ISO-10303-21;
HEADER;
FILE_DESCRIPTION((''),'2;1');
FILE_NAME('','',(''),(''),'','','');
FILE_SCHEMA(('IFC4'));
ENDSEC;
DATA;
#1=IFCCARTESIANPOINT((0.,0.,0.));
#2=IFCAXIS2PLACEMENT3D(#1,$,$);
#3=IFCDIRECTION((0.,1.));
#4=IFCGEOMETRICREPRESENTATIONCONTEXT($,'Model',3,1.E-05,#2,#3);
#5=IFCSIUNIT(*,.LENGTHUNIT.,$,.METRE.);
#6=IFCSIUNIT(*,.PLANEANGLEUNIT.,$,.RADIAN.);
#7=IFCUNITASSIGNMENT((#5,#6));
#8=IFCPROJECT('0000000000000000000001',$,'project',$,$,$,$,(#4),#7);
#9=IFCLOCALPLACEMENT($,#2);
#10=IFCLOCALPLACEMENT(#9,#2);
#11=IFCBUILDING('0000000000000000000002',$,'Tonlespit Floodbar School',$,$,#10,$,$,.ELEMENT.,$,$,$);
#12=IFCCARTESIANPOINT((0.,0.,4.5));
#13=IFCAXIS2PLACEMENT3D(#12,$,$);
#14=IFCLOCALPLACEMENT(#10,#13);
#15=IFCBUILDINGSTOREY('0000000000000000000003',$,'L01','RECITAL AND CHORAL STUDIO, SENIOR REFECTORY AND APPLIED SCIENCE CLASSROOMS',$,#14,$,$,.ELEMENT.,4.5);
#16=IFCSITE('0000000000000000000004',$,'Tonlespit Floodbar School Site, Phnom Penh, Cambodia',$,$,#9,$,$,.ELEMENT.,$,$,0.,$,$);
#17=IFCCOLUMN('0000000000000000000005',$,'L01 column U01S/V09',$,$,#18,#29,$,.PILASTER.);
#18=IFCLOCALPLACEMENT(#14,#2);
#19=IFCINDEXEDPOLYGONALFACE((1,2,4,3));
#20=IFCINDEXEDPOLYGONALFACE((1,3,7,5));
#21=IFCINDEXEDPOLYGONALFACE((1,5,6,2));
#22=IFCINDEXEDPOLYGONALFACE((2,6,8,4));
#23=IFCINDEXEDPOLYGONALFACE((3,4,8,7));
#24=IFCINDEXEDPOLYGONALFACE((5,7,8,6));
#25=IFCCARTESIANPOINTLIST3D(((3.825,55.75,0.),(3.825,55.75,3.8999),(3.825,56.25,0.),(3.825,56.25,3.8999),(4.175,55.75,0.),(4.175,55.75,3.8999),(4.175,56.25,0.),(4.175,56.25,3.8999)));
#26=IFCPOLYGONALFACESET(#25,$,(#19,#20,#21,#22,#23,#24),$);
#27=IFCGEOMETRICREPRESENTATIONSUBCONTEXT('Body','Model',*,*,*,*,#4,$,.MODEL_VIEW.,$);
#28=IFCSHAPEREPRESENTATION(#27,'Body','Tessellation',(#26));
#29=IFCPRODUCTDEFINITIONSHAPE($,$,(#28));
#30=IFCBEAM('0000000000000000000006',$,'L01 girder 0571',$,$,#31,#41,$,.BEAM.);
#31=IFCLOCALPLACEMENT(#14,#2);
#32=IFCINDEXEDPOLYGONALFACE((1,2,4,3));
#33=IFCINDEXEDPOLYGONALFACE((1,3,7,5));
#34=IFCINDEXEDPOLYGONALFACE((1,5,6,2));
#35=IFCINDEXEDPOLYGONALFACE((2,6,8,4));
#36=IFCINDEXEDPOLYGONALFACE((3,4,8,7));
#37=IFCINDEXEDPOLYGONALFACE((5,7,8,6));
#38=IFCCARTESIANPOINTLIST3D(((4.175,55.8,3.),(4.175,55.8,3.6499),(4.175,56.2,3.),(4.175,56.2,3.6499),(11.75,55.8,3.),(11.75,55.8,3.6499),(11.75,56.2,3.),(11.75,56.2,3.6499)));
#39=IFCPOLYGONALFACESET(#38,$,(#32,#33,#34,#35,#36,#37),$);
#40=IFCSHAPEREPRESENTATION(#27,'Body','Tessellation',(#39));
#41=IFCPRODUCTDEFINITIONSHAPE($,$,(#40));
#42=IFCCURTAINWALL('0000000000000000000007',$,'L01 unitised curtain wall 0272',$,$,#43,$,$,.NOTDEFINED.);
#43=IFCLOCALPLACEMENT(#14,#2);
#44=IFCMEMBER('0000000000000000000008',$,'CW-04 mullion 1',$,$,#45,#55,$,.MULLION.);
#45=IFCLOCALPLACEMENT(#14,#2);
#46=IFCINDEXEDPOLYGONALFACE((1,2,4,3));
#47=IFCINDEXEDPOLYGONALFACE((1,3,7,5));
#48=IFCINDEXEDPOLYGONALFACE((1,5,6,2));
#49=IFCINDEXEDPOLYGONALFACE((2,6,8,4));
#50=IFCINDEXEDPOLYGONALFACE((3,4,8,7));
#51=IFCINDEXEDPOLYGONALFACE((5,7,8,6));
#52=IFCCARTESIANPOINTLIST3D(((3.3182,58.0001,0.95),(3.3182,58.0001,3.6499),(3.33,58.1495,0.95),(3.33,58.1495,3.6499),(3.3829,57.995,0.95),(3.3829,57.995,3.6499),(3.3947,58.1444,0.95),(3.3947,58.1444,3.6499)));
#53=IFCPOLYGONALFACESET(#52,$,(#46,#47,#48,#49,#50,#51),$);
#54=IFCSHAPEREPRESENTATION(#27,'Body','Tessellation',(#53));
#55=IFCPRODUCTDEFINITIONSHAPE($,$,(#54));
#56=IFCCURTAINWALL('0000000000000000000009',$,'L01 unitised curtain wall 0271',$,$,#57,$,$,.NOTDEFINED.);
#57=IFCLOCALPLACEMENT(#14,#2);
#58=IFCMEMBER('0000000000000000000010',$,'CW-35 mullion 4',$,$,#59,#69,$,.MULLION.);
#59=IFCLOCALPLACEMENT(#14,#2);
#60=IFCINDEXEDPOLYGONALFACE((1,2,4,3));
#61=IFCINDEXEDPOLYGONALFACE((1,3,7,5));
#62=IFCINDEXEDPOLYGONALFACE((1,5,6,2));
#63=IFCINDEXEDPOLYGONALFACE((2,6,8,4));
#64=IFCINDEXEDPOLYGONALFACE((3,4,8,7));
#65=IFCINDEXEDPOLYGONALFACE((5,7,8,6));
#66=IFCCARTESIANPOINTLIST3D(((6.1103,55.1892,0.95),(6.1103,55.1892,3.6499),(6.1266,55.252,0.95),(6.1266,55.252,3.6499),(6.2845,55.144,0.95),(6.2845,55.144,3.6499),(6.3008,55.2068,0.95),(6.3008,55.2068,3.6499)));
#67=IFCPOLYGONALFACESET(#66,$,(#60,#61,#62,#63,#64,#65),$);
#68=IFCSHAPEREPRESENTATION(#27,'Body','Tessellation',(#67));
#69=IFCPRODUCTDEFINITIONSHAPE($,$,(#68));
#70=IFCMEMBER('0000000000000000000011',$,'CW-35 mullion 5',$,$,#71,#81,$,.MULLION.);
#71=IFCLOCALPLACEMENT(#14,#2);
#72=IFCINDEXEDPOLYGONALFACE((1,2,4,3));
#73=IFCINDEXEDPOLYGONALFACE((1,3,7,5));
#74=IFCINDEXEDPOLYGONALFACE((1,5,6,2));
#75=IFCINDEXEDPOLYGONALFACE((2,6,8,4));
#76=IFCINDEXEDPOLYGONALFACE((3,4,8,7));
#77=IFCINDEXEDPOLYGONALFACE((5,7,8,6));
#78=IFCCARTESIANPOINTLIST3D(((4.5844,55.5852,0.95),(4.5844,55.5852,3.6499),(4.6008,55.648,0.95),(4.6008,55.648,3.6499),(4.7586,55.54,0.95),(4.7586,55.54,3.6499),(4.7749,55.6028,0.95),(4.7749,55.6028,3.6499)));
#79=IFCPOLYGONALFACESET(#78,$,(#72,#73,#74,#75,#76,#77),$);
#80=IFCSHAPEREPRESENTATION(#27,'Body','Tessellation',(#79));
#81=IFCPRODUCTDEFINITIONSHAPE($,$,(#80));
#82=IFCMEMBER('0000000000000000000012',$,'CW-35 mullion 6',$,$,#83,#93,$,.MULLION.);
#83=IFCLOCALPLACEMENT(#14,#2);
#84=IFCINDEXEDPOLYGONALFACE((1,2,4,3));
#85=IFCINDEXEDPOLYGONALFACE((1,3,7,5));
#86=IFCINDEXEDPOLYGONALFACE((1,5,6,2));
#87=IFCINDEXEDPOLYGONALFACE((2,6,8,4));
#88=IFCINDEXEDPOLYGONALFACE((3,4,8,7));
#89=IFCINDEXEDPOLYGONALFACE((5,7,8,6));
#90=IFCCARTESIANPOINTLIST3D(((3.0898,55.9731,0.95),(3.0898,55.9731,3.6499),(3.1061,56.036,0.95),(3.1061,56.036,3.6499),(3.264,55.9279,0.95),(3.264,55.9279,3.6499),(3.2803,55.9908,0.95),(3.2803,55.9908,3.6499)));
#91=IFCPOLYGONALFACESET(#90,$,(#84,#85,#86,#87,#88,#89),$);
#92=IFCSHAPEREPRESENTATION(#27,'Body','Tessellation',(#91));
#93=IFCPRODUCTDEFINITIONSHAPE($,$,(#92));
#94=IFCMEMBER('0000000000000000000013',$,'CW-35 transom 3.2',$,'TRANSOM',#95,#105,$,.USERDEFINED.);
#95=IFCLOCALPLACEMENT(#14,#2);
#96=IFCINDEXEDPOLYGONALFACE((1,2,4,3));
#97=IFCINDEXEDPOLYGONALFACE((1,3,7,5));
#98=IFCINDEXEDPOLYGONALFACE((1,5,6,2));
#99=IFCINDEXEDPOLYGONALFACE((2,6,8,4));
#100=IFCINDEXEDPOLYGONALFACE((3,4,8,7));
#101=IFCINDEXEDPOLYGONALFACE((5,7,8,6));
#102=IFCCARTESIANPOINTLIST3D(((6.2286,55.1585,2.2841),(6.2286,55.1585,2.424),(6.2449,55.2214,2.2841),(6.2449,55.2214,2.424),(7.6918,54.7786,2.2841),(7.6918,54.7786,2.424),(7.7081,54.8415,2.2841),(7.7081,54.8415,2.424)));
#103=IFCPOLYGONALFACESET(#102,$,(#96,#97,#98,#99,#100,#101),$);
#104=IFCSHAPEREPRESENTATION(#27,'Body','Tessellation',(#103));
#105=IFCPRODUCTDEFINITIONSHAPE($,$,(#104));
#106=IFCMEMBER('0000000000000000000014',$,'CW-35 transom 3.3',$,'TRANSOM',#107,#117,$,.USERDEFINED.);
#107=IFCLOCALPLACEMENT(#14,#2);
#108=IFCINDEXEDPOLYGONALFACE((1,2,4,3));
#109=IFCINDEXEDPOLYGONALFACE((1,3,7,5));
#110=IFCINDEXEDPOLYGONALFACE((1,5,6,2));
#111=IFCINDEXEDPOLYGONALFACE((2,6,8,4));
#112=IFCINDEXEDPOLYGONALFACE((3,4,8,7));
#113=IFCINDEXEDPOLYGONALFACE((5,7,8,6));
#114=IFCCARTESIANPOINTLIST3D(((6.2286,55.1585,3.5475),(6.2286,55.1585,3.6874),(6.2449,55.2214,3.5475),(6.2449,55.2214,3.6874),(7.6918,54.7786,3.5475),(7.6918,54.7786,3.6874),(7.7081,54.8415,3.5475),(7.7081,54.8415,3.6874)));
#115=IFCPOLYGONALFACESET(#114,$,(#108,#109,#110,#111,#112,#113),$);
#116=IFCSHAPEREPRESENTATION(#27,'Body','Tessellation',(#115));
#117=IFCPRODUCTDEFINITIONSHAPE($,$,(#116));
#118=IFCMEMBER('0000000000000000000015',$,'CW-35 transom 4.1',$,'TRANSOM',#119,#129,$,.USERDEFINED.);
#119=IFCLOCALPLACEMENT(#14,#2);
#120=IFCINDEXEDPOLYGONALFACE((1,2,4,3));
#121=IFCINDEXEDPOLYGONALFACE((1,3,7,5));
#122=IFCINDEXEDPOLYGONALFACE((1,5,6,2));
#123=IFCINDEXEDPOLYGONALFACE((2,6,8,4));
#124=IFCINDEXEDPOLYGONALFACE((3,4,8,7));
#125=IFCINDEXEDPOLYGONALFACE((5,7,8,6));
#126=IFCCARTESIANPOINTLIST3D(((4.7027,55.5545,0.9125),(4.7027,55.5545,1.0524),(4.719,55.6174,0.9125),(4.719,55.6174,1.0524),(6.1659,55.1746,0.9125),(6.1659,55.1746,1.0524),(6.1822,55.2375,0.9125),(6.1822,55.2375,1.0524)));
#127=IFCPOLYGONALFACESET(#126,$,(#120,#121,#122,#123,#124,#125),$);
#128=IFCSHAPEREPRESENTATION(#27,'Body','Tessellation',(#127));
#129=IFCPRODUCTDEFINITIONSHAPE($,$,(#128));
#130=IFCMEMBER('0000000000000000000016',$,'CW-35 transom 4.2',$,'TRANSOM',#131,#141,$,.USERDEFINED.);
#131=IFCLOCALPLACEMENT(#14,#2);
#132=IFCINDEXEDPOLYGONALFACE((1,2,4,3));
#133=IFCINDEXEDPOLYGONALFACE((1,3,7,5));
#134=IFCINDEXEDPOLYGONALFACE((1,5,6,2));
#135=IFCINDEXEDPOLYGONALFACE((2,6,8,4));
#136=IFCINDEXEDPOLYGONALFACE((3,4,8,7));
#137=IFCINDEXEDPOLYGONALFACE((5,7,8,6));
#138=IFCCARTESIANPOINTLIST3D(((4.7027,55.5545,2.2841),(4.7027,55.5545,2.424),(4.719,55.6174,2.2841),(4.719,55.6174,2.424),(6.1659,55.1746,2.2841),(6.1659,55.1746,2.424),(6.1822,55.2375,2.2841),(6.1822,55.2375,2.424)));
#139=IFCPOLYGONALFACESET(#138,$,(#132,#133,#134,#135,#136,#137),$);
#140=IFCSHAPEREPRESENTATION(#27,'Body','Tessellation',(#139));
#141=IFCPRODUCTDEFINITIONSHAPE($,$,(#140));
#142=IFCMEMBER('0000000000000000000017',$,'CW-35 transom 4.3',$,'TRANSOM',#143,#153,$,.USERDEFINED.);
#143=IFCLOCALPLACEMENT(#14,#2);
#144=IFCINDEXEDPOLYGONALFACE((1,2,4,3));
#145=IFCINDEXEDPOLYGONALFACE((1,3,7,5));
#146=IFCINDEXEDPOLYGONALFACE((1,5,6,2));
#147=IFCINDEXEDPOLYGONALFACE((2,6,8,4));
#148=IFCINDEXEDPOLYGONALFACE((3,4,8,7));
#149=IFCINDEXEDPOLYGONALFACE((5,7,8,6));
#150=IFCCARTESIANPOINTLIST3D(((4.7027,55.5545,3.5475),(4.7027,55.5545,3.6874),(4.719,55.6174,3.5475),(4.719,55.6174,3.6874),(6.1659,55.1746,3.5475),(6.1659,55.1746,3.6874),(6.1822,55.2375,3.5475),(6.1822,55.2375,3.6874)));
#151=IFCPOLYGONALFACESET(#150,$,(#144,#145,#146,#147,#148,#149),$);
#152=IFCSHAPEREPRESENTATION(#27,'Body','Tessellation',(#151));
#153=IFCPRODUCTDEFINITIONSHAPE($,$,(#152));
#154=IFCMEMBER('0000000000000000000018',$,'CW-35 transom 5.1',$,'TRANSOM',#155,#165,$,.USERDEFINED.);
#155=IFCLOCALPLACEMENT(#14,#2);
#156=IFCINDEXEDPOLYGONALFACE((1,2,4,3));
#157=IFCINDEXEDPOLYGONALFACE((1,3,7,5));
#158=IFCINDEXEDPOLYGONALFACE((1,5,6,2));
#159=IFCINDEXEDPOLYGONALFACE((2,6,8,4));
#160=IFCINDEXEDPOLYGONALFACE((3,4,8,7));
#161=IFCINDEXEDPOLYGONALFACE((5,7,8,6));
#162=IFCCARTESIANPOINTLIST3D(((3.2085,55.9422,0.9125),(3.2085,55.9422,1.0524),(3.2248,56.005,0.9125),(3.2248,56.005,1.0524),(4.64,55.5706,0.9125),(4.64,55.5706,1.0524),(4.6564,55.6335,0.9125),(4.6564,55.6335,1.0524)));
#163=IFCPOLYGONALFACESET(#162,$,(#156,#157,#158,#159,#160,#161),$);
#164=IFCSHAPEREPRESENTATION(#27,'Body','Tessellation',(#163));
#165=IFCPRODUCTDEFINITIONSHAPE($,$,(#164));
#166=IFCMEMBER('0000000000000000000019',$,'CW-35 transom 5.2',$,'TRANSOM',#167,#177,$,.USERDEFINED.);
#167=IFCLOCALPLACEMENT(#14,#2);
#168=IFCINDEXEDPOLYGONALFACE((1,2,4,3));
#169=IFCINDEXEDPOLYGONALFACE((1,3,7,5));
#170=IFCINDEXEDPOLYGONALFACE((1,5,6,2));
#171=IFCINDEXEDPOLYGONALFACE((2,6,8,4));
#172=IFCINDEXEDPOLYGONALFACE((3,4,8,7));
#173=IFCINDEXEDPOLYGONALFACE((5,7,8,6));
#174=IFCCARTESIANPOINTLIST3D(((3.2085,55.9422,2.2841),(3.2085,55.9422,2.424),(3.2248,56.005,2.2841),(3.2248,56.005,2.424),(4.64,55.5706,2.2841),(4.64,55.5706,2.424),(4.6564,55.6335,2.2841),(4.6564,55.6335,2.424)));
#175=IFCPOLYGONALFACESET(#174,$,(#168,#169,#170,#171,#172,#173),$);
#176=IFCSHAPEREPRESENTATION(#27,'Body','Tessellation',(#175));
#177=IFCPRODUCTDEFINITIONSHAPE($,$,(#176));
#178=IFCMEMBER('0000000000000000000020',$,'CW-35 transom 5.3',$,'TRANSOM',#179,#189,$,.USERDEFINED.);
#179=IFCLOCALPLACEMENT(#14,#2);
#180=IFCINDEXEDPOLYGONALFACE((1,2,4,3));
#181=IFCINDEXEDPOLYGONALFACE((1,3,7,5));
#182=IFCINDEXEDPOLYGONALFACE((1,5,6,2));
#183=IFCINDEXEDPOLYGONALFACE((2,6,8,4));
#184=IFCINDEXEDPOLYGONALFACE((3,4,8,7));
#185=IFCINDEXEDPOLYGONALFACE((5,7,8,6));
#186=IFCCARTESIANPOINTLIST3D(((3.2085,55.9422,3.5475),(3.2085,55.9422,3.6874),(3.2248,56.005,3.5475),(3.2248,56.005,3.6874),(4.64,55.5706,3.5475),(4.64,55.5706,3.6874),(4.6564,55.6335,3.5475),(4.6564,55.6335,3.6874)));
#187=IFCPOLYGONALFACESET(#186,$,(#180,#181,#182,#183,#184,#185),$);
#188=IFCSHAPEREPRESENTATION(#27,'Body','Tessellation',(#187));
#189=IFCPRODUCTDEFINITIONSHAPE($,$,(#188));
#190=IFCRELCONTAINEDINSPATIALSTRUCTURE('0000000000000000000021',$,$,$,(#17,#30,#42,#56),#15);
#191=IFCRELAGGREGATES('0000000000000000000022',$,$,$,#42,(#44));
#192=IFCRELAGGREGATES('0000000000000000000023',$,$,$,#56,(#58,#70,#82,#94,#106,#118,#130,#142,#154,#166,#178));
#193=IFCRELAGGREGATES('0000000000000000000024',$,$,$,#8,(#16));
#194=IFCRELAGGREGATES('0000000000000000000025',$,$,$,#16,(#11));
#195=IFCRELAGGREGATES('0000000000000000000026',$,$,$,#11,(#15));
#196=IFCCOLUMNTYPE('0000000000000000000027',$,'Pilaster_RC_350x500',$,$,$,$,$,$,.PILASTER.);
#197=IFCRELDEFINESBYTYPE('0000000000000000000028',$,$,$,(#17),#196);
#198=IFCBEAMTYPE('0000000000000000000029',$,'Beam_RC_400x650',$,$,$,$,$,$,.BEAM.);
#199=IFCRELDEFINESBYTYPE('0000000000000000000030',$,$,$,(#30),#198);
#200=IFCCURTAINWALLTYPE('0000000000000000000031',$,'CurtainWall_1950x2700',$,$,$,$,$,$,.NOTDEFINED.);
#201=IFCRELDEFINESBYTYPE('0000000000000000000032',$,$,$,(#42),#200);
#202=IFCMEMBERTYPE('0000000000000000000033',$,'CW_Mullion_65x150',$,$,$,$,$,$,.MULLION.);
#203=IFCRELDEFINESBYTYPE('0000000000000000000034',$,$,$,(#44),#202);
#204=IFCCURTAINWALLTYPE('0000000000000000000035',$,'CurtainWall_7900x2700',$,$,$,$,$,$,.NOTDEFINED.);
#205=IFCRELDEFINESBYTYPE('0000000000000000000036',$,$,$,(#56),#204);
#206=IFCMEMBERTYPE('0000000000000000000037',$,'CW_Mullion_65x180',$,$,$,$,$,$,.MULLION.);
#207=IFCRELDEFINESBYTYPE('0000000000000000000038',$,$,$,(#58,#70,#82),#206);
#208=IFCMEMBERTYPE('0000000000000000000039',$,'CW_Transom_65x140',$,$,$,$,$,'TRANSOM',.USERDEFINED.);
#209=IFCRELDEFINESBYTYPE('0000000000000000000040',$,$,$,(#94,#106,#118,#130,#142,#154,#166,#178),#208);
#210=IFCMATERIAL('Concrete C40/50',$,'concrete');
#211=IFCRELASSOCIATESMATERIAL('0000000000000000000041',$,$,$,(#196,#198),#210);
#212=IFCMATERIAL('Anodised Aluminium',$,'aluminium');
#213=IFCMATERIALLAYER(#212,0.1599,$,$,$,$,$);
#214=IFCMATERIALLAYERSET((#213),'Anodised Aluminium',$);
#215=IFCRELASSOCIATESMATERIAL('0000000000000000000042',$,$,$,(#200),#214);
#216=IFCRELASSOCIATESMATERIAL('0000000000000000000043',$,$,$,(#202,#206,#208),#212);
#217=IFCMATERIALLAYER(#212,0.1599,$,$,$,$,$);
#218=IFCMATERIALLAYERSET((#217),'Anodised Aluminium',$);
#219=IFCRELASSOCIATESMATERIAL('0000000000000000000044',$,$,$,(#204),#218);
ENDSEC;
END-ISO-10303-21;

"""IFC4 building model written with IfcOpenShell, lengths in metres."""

from ifc_helpers import new_model, si_unit, direction, frame, origin, origin_2d, place, context, subcontext, project, spatial, rectangle, extrude, material, layer, layer_set, material_profile, profile_set, type_object, element, aggregate, save


model = new_model("IFC4")

# Units and contexts
model_context = context("Model", 3, precision=1e-05, world=origin(), true_north=direction((0.0, 1.0)))
body_context = subcontext(model_context, "Body", "Model", "MODEL_VIEW")
ifc_project = project(units=[si_unit("LENGTHUNIT", "METRE"), si_unit("PLANEANGLEUNIT", "RADIAN")], contexts=[model_context])

# Site, building, storey
site_placement = place(None, origin())
site = spatial("IfcSite", under=ifc_project, at=site_placement, Name="Tonlespit Floodbar School Site, Phnom Penh, Cambodia", CompositionType="ELEMENT", RefElevation=0.0)
building_placement = place(site_placement, origin())
building = spatial("IfcBuilding", under=site, at=building_placement, Name="Tonlespit Floodbar School", CompositionType="ELEMENT")
storey_placement = place(building_placement, frame((0.0, 0.0, 4.5)))
storey = spatial("IfcBuildingStorey", under=building, at=storey_placement, Name="L01", Description="RECITAL AND CHORAL STUDIO, SENIOR REFECTORY AND APPLIED SCIENCE CLASSROOMS", CompositionType="ELEMENT", Elevation=4.5)

# Column
ifc_material_1 = material(Name="Concrete C40/50", Category="concrete")
ifc_material_profile_1 = material_profile(ifc_material_1, rectangle(XDim=0.3501, YDim=0.5, at=origin_2d()), Name="RC 350x500")
ifc_profile_set_1 = profile_set([ifc_material_profile_1], Name="Concrete C40/50")
column_type = type_object("IfcColumnType", Name="Pilaster_RC_350x500", PredefinedType="PILASTER", material=ifc_profile_set_1)
column_placement = place(storey_placement, frame((4.0, 56.0, 0.0), z_axis=(0.0, 0.0, 1.0), x_axis=(1.0, 0.0, 0.0)))
element("IfcColumn", 1, at=column_placement, inside=storey, type_object=column_type, Name="L01 column U01S/V09", PredefinedType="PILASTER", context=body_context, shape_type="SweptSolid", body=[
    extrude(rectangle(XDim=0.3501, YDim=0.5, at=origin_2d()), origin(), (0.0, 0.0, 1.0), 3.8999),
])

# Beam
ifc_material_profile_2 = material_profile(ifc_material_1, rectangle(XDim=0.3999, YDim=0.6499, at=origin_2d()), Name="RC 400x650")
ifc_profile_set_2 = profile_set([ifc_material_profile_2], Name="Concrete C40/50")
beam_type_1 = type_object("IfcBeamType", Name="Beam_RC_400x650", PredefinedType="BEAM", material=ifc_profile_set_2)
beam_1_placement = place(storey_placement, frame((4.175, 56.0, 3.325), z_axis=(1.0, 0.0, 0.0), x_axis=(0.0, 1.0, 0.0)))
element("IfcBeam", 2, at=beam_1_placement, inside=storey, type_object=beam_type_1, Name="L01 girder 0571", PredefinedType="BEAM", context=body_context, shape_type="SweptSolid", body=[
    extrude(rectangle(XDim=0.3999, YDim=0.6499, at=origin_2d()), origin(), (0.0, 0.0, 1.0), 7.575),
])

# Curtain wall, member
ifc_material_2 = material(Name="Anodised Aluminium", Category="aluminium")
ifc_layer_1 = layer(ifc_material_2, 0.1599)
ifc_layer_set_1 = layer_set([ifc_layer_1], Name="Anodised Aluminium")
curtain_wall_type_1 = type_object("IfcCurtainWallType", Name="CurtainWall_1950x2700", PredefinedType="NOTDEFINED", material=ifc_layer_set_1)
curtain_wall_1_placement = place(storey_placement, origin())
curtain_wall_1 = element("IfcCurtainWall", 3, at=curtain_wall_1_placement, inside=storey, type_object=curtain_wall_type_1, Name="L01 unitised curtain wall 0272", PredefinedType="NOTDEFINED")
ifc_material_profile_3 = material_profile(ifc_material_2, rectangle(XDim=0.0649, YDim=0.1499, at=origin_2d()), Name="ALU M65x150")
ifc_profile_set_3 = profile_set([ifc_material_profile_3], Name="Anodised Aluminium")
member_type_1 = type_object("IfcMemberType", Name="CW_Mullion_65x150", PredefinedType="MULLION", material=ifc_profile_set_3)
member_1_placement = place(storey_placement, frame((3.3564, 58.0723, 0.95), z_axis=(0.0, 0.0, 1.0), x_axis=(-0.996878, 0.078963, 0.0)))
member_1 = element("IfcMember", 4, at=member_1_placement, type_object=member_type_1, Name="CW-04 mullion 1", PredefinedType="MULLION", context=body_context, shape_type="SweptSolid", body=[
    extrude(rectangle(XDim=0.0649, YDim=0.1499, at=origin_2d()), origin(), (0.0, 0.0, 1.0), 2.7),
])
aggregate(curtain_wall_1, [member_1])

# Curtain wall, members
ifc_layer_2 = layer(ifc_material_2, 0.1599)
ifc_layer_set_2 = layer_set([ifc_layer_2], Name="Anodised Aluminium")
curtain_wall_type_2 = type_object("IfcCurtainWallType", Name="CurtainWall_7900x2700", PredefinedType="NOTDEFINED", material=ifc_layer_set_2)
curtain_wall_2_placement = place(storey_placement, origin())
curtain_wall_2 = element("IfcCurtainWall", 5, at=curtain_wall_2_placement, inside=storey, type_object=curtain_wall_type_2, Name="L01 unitised curtain wall 0271", PredefinedType="NOTDEFINED")
ifc_material_profile_4 = material_profile(ifc_material_2, rectangle(XDim=0.0649, YDim=0.1799, at=origin_2d()), Name="ALU M65x180")
ifc_profile_set_4 = profile_set([ifc_material_profile_4], Name="Anodised Aluminium")
member_type_2 = type_object("IfcMemberType", Name="CW_Mullion_65x180", PredefinedType="MULLION", material=ifc_profile_set_4)
member_2_placement = place(storey_placement, frame((6.2056, 55.198, 0.95), z_axis=(0.0, 0.0, 1.0), x_axis=(-0.251201, -0.967935, 0.0)))
member_2 = element("IfcMember", 6, at=member_2_placement, type_object=member_type_2, Name="CW-35 mullion 4", PredefinedType="MULLION", context=body_context, shape_type="SweptSolid", body=[
    extrude(rectangle(XDim=0.0649, YDim=0.1799, at=origin_2d()), origin(), (0.0, 0.0, 1.0), 2.7),
])
member_3_placement = place(storey_placement, frame((4.6797, 55.594, 0.95), z_axis=(0.0, 0.0, 1.0), x_axis=(-0.251201, -0.967935, 0.0)))
member_3 = element("IfcMember", 7, at=member_3_placement, type_object=member_type_2, Name="CW-35 mullion 5", PredefinedType="MULLION", context=body_context, shape_type="SweptSolid", body=[
    extrude(rectangle(XDim=0.0649, YDim=0.1799, at=origin_2d()), origin(), (0.0, 0.0, 1.0), 2.7),
])
member_4_placement = place(storey_placement, frame((3.1851, 55.9819, 0.95), z_axis=(0.0, 0.0, 1.0), x_axis=(-0.251201, -0.967935, 0.0)))
member_4 = element("IfcMember", 8, at=member_4_placement, type_object=member_type_2, Name="CW-35 mullion 6", PredefinedType="MULLION", context=body_context, shape_type="SweptSolid", body=[
    extrude(rectangle(XDim=0.0649, YDim=0.1799, at=origin_2d()), origin(), (0.0, 0.0, 1.0), 2.7),
])
ifc_material_profile_5 = material_profile(ifc_material_2, rectangle(XDim=0.0649, YDim=0.1399, at=origin_2d()), Name="ALU T65x140")
ifc_profile_set_5 = profile_set([ifc_material_profile_5], Name="Anodised Aluminium")
member_type_3 = type_object("IfcMemberType", Name="CW_Transom_65x140", ElementType="TRANSOM", PredefinedType="USERDEFINED", material=ifc_profile_set_5)
member_5_placement = place(storey_placement, frame((7.7, 54.8101, 2.354), z_axis=(-0.967908, 0.251304, 0.0), x_axis=(-0.251304, -0.967908, 0.0)))
member_5 = element("IfcMember", 9, at=member_5_placement, type_object=member_type_3, Name="CW-35 transom 3.2", ObjectType="TRANSOM", PredefinedType="USERDEFINED", context=body_context, shape_type="SweptSolid", body=[
    extrude(rectangle(XDim=0.0649, YDim=0.1399, at=origin_2d()), origin(), (0.0, 0.0, 1.0), 1.5117),
])
member_6_placement = place(storey_placement, frame((7.7, 54.8101, 3.6174), z_axis=(-0.967908, 0.251304, 0.0), x_axis=(-0.251304, -0.967908, 0.0)))
member_6 = element("IfcMember", 10, at=member_6_placement, type_object=member_type_3, Name="CW-35 transom 3.3", ObjectType="TRANSOM", PredefinedType="USERDEFINED", context=body_context, shape_type="SweptSolid", body=[
    extrude(rectangle(XDim=0.0649, YDim=0.1399, at=origin_2d()), origin(), (0.0, 0.0, 1.0), 1.5117),
])
member_7_placement = place(storey_placement, frame((6.1741, 55.2061, 0.9824), z_axis=(-0.967908, 0.251304, 0.0), x_axis=(-0.251304, -0.967908, 0.0)))
member_7 = element("IfcMember", 11, at=member_7_placement, type_object=member_type_3, Name="CW-35 transom 4.1", ObjectType="TRANSOM", PredefinedType="USERDEFINED", context=body_context, shape_type="SweptSolid", body=[
    extrude(rectangle(XDim=0.0649, YDim=0.1399, at=origin_2d()), origin(), (0.0, 0.0, 1.0), 1.5117),
])
member_8_placement = place(storey_placement, frame((6.1741, 55.2061, 2.354), z_axis=(-0.967908, 0.251304, 0.0), x_axis=(-0.251304, -0.967908, 0.0)))
member_8 = element("IfcMember", 12, at=member_8_placement, type_object=member_type_3, Name="CW-35 transom 4.2", ObjectType="TRANSOM", PredefinedType="USERDEFINED", context=body_context, shape_type="SweptSolid", body=[
    extrude(rectangle(XDim=0.0649, YDim=0.1399, at=origin_2d()), origin(), (0.0, 0.0, 1.0), 1.5117),
])
member_9_placement = place(storey_placement, frame((6.1741, 55.2061, 3.6174), z_axis=(-0.967908, 0.251304, 0.0), x_axis=(-0.251304, -0.967908, 0.0)))
member_9 = element("IfcMember", 13, at=member_9_placement, type_object=member_type_3, Name="CW-35 transom 4.3", ObjectType="TRANSOM", PredefinedType="USERDEFINED", context=body_context, shape_type="SweptSolid", body=[
    extrude(rectangle(XDim=0.0649, YDim=0.1399, at=origin_2d()), origin(), (0.0, 0.0, 1.0), 1.5117),
])
member_10_placement = place(storey_placement, frame((4.6482, 55.6021, 0.9824), z_axis=(-0.967929, 0.251226, 0.0), x_axis=(-0.251226, -0.967929, 0.0)))
member_10 = element("IfcMember", 14, at=member_10_placement, type_object=member_type_3, Name="CW-35 transom 5.1", ObjectType="TRANSOM", PredefinedType="USERDEFINED", context=body_context, shape_type="SweptSolid", body=[
    extrude(rectangle(XDim=0.0649, YDim=0.1399, at=origin_2d()), origin(), (0.0, 0.0, 1.0), 1.479),
])
member_11_placement = place(storey_placement, frame((4.6482, 55.6021, 2.354), z_axis=(-0.967929, 0.251226, 0.0), x_axis=(-0.251226, -0.967929, 0.0)))
member_11 = element("IfcMember", 15, at=member_11_placement, type_object=member_type_3, Name="CW-35 transom 5.2", ObjectType="TRANSOM", PredefinedType="USERDEFINED", context=body_context, shape_type="SweptSolid", body=[
    extrude(rectangle(XDim=0.0649, YDim=0.1399, at=origin_2d()), origin(), (0.0, 0.0, 1.0), 1.479),
])
member_12_placement = place(storey_placement, frame((4.6482, 55.6021, 3.6174), z_axis=(-0.967929, 0.251226, 0.0), x_axis=(-0.251226, -0.967929, 0.0)))
member_12 = element("IfcMember", 16, at=member_12_placement, type_object=member_type_3, Name="CW-35 transom 5.3", ObjectType="TRANSOM", PredefinedType="USERDEFINED", context=body_context, shape_type="SweptSolid", body=[
    extrude(rectangle(XDim=0.0649, YDim=0.1399, at=origin_2d()), origin(), (0.0, 0.0, 1.0), 1.479),
])

aggregate(curtain_wall_2, [member_2, member_3, member_4, member_5, member_6, member_7, member_8, member_9, member_10, member_11, member_12])

save(model, "model.ifc")
